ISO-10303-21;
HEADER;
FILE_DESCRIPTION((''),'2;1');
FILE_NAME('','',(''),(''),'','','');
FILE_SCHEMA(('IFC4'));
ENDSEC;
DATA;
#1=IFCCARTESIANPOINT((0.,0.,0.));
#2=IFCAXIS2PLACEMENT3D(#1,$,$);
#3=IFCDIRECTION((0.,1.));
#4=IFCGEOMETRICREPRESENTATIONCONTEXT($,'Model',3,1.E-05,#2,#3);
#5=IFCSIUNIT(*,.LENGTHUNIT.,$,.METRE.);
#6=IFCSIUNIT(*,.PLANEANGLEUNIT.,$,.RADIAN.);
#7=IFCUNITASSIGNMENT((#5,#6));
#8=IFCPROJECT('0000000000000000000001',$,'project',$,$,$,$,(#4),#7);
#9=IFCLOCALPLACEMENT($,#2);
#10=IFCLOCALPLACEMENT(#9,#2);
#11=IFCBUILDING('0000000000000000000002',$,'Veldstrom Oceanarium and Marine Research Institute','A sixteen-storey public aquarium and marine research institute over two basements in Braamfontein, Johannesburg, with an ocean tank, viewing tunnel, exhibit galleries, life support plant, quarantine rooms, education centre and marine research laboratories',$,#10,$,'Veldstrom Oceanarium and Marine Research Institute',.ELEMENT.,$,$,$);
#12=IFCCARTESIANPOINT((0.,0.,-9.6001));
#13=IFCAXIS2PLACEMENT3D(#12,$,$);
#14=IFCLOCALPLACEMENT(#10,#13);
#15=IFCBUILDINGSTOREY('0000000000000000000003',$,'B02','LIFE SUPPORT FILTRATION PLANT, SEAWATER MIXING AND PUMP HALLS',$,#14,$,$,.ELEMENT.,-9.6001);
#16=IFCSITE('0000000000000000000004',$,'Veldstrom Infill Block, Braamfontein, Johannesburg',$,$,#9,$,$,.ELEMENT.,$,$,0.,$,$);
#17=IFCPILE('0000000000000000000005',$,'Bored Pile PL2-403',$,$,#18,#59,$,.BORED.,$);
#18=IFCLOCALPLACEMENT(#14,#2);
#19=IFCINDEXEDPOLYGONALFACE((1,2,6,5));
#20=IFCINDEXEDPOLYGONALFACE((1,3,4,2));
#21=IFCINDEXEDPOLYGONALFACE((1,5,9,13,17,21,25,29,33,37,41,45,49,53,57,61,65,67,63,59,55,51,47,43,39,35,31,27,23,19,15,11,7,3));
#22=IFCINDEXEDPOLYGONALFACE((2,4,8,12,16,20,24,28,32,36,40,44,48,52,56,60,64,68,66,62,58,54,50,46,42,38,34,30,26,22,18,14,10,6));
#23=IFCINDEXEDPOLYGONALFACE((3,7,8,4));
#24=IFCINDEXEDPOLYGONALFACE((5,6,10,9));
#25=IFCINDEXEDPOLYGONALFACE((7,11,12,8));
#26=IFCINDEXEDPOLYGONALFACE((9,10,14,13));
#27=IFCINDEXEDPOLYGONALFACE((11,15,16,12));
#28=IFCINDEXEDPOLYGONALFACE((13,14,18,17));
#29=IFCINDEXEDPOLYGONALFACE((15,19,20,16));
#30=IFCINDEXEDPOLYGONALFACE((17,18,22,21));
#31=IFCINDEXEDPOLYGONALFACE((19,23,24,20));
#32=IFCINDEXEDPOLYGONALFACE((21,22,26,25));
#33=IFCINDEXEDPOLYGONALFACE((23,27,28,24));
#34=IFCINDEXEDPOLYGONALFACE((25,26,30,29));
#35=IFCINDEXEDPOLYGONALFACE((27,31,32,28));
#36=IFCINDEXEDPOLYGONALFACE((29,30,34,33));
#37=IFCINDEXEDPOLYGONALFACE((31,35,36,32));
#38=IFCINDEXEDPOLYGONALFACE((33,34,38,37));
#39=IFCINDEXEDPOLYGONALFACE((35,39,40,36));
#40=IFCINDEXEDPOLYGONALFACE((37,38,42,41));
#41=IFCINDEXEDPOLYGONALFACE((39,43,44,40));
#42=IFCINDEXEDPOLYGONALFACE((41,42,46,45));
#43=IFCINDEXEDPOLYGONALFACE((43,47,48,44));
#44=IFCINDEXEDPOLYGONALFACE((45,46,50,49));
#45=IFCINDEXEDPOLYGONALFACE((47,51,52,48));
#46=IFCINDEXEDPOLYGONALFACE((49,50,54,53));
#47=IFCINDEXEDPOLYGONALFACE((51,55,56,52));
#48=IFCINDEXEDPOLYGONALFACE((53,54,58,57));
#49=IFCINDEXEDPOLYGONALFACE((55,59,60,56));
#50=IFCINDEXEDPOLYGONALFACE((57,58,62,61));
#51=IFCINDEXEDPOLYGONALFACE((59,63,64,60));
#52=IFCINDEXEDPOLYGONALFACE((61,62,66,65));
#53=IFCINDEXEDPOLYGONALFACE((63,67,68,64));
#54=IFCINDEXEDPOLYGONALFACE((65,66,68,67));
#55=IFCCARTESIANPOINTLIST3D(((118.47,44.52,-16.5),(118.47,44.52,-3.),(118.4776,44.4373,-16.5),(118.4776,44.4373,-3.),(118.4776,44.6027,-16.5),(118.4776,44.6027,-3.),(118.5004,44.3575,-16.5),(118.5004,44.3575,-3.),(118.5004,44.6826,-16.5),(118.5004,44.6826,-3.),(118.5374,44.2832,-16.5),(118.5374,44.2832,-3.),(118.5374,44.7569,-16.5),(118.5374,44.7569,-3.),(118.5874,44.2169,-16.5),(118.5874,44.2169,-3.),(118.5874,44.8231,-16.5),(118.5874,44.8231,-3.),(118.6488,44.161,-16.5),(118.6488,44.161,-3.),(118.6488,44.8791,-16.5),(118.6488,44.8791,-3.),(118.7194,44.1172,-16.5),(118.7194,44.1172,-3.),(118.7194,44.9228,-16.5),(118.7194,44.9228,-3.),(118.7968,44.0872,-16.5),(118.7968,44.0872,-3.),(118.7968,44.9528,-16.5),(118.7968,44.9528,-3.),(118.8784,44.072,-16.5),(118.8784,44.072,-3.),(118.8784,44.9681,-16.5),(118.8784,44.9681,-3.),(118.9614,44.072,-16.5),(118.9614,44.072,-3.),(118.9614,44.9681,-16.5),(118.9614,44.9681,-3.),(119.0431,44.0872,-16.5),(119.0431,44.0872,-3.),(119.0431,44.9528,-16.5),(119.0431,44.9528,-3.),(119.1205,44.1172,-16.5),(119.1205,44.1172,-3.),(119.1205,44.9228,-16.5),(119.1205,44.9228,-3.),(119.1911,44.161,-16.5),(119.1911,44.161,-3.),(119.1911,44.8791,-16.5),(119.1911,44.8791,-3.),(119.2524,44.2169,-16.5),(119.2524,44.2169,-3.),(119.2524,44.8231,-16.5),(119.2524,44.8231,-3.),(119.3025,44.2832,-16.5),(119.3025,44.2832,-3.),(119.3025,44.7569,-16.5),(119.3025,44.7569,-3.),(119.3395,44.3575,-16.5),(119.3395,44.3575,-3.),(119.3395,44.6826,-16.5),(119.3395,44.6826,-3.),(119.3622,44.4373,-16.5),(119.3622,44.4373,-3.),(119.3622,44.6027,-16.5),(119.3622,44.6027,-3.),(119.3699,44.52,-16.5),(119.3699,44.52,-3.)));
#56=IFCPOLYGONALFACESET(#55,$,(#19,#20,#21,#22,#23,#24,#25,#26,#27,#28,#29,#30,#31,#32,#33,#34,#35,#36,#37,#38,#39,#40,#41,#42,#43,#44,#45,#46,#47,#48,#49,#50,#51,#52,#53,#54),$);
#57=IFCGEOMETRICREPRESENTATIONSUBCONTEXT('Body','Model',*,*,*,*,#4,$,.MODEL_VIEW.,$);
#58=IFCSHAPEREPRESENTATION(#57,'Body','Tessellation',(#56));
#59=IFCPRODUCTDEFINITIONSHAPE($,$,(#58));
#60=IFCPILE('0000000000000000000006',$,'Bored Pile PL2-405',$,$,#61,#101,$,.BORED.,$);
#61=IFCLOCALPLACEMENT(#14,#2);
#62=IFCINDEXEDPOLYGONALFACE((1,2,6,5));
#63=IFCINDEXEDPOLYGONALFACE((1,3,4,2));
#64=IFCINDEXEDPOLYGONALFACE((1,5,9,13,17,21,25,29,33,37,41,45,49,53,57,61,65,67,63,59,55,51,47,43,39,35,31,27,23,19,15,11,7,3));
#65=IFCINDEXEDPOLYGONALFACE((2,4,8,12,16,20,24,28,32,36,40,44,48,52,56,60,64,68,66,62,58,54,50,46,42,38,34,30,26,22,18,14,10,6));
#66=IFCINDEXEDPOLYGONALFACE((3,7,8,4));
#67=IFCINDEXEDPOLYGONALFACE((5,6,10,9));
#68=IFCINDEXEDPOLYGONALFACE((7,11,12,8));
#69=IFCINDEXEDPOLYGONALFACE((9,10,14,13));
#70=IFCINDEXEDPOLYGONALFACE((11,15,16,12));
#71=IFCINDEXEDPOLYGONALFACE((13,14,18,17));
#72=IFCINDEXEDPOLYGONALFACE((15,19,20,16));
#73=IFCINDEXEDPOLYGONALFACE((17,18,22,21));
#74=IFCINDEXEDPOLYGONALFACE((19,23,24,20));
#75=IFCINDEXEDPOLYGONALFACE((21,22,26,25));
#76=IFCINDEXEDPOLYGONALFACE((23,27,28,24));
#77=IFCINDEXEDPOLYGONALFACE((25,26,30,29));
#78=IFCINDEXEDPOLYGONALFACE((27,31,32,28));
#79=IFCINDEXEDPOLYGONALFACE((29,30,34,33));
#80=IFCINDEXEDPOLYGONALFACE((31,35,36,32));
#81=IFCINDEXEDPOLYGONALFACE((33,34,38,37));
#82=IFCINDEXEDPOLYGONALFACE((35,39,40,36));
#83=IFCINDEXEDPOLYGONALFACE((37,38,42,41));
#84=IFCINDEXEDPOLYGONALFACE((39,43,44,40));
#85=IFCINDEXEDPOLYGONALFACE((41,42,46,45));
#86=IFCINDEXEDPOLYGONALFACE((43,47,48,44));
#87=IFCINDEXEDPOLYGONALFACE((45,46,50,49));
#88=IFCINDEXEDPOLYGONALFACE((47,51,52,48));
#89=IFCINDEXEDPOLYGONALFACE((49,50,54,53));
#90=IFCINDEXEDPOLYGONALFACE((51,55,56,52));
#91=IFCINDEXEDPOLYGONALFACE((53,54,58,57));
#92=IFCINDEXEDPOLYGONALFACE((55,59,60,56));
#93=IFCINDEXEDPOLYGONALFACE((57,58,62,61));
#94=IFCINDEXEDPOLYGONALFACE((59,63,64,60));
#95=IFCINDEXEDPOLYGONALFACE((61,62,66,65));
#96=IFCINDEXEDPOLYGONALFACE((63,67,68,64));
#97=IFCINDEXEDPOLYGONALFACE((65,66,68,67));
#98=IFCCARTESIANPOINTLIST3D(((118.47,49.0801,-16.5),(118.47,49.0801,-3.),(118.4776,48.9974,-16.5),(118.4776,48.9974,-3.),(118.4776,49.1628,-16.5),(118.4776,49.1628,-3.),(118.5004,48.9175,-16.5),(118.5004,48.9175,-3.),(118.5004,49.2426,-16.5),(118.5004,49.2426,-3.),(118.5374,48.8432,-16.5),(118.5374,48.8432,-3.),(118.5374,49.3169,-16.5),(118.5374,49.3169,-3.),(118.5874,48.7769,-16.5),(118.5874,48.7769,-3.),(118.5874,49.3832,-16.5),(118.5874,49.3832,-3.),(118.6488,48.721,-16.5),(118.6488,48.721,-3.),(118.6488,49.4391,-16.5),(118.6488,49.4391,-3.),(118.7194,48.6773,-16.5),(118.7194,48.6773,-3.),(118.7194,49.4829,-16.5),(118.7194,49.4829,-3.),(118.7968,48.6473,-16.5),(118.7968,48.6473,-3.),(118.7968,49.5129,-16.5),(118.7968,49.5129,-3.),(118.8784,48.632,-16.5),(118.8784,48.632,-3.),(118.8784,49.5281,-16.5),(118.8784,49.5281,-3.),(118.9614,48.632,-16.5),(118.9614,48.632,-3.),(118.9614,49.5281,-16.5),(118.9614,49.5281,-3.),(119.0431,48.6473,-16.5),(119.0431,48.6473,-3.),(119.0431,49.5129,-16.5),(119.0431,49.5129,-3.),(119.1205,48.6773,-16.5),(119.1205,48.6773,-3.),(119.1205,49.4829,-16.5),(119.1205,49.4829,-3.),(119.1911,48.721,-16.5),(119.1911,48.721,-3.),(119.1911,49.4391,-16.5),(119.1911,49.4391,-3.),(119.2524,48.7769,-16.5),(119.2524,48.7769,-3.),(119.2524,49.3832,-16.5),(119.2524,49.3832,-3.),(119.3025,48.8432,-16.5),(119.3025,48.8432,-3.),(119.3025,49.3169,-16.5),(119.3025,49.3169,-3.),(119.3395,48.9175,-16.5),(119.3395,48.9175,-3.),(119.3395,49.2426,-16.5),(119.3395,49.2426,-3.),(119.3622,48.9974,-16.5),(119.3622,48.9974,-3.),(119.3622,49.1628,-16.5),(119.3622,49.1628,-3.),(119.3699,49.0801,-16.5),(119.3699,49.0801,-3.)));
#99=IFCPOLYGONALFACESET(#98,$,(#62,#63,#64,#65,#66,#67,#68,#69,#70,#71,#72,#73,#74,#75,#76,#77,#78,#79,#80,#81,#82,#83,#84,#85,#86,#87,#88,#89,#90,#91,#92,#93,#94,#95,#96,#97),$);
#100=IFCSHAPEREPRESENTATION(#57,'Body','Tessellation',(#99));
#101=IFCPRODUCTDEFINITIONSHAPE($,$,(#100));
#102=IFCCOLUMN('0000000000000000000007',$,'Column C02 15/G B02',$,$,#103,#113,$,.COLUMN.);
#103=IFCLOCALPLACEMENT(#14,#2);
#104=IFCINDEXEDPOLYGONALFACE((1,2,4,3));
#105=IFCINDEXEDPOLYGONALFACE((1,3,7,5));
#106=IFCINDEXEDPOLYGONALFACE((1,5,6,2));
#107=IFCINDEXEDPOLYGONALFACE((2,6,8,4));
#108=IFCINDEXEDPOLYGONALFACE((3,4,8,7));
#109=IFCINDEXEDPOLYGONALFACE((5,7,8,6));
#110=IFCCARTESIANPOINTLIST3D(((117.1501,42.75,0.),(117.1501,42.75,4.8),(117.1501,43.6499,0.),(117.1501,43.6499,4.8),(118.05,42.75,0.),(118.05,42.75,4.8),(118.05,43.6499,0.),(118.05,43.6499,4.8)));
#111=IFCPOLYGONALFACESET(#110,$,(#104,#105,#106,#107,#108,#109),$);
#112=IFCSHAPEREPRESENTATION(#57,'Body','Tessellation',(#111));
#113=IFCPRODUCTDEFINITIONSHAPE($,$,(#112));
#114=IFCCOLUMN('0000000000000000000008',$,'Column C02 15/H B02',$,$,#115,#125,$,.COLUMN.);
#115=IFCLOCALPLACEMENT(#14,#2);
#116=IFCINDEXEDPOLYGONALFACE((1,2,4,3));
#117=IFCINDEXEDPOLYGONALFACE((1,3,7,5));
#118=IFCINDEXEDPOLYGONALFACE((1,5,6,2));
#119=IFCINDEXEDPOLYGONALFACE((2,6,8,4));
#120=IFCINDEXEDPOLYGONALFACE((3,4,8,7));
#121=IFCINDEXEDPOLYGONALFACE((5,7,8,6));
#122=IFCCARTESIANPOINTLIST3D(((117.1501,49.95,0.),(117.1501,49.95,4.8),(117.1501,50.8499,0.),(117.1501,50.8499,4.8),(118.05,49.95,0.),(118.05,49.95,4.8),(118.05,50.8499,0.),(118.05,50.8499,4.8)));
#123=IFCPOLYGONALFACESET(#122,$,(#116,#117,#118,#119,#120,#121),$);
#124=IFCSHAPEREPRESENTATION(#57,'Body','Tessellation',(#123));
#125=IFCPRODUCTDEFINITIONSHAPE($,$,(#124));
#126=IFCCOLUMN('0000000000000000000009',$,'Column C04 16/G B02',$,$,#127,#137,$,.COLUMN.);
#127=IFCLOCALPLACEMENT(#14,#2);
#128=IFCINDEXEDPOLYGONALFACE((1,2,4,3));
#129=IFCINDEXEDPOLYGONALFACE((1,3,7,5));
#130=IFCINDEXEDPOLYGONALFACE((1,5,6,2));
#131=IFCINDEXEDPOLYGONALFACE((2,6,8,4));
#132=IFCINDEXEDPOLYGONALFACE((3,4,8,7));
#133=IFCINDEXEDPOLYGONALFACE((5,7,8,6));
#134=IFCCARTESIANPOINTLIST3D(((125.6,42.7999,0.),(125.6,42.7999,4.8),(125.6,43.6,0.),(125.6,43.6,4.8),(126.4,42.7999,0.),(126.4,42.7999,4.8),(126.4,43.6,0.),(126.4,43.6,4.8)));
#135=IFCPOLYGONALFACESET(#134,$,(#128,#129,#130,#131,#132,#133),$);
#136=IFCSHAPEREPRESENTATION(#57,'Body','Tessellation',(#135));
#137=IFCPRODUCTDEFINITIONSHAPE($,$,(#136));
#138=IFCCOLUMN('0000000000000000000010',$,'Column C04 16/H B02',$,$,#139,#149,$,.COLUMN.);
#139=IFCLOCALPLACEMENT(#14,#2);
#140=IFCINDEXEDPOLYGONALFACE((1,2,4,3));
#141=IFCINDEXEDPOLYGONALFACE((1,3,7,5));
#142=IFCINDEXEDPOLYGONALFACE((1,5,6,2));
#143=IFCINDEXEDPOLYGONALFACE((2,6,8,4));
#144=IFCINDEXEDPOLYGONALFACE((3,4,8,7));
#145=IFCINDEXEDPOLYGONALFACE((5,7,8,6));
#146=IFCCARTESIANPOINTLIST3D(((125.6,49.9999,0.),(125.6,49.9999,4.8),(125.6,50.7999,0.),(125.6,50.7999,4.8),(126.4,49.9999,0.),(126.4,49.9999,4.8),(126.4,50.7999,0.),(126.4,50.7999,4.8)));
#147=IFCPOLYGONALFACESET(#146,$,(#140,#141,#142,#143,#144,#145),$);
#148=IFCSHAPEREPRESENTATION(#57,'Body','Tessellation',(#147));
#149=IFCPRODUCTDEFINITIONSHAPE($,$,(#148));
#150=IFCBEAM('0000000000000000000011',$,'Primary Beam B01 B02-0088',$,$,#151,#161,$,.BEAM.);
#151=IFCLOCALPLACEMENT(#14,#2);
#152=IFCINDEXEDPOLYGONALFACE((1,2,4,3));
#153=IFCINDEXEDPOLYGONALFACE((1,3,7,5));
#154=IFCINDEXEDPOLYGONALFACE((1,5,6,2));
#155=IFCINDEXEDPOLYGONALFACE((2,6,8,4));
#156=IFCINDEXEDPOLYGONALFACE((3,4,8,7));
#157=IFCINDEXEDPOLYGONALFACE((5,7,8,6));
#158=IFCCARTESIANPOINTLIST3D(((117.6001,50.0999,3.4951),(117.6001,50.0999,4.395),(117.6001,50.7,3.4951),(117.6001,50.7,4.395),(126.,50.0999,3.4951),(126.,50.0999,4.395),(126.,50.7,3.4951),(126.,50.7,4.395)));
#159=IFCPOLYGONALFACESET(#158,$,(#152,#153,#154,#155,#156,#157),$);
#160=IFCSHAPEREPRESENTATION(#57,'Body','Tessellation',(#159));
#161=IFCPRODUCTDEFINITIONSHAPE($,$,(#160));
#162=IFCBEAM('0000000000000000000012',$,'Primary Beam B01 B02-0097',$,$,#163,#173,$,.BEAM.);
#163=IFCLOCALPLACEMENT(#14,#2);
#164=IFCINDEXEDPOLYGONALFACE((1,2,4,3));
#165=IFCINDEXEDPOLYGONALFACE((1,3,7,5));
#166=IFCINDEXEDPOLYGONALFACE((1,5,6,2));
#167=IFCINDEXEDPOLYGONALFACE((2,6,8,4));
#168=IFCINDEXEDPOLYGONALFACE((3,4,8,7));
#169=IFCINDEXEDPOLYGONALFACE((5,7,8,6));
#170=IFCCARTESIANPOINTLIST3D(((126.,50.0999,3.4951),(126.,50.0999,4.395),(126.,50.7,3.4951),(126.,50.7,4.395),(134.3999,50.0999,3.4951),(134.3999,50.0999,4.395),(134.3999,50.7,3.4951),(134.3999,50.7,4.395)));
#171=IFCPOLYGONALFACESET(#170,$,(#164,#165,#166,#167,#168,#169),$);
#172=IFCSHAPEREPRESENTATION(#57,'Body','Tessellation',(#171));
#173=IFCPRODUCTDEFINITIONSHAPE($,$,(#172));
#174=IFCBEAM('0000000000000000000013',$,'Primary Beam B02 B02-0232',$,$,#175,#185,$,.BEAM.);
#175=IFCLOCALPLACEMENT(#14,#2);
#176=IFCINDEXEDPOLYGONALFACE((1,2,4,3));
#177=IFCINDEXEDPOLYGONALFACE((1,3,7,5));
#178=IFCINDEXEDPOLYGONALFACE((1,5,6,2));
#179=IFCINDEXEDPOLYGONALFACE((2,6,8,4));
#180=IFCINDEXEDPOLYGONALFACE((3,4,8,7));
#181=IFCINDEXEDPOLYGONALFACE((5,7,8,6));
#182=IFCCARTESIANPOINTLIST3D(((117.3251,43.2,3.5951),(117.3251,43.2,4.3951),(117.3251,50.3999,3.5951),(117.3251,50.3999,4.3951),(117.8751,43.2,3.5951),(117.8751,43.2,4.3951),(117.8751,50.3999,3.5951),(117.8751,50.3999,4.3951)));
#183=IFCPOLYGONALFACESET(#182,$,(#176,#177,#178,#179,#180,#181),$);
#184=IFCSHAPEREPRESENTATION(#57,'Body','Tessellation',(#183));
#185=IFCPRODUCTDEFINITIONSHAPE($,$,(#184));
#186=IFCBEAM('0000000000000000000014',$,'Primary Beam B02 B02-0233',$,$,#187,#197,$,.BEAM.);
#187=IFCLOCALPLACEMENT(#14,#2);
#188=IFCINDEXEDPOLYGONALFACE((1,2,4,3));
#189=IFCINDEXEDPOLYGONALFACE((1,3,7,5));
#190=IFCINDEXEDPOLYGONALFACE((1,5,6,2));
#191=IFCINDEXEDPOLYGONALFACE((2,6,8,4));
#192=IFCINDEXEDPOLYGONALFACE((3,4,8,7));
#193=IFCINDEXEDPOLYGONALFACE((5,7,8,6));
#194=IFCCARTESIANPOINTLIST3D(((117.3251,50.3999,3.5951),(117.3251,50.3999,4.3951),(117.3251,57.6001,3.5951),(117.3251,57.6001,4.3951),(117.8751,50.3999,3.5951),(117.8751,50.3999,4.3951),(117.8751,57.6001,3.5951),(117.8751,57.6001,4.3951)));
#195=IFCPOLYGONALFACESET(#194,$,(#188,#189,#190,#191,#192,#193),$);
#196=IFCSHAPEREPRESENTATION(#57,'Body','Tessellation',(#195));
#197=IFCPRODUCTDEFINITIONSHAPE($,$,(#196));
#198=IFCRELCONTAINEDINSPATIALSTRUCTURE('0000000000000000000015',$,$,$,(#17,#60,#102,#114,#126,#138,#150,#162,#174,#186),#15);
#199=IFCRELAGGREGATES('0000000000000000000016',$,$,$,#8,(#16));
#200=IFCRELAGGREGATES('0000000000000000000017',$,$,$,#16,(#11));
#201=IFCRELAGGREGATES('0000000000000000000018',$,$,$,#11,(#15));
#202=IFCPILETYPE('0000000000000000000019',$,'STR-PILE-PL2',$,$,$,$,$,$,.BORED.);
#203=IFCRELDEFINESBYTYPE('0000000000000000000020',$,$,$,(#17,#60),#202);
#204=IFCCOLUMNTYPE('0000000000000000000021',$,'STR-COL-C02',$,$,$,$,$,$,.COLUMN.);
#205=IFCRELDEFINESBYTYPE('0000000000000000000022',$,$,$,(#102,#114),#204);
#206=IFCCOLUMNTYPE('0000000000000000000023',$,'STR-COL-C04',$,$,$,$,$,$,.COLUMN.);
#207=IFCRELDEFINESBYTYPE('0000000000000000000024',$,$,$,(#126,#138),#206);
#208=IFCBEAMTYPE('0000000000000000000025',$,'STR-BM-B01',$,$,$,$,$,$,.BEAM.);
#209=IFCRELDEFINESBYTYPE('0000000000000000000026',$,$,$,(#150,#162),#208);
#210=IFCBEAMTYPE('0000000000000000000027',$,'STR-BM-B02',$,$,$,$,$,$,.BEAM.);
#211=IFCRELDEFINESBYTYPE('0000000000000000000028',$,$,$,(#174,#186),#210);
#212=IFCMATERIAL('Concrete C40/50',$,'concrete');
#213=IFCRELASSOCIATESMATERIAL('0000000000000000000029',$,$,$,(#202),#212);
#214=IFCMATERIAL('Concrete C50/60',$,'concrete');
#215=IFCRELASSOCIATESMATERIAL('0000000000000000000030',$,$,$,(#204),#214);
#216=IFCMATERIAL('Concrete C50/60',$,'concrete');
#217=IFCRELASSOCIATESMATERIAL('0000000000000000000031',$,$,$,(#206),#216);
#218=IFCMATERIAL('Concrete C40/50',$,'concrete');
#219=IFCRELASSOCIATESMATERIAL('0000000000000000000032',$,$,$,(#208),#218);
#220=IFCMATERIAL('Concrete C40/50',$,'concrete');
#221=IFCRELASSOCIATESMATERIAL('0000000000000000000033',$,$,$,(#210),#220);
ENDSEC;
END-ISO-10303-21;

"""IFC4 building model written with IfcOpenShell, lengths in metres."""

from ifc_helpers import new_model, si_unit, direction, frame, origin, origin_2d, place, context, subcontext, project, spatial, rectangle, circle, extrude, material, material_profile, profile_set, type_object, element, save


model = new_model("IFC4")

# Units and contexts
model_context = context("Model", 3, precision=1e-05, world=origin(), true_north=direction((0.0, 1.0)))
body_context = subcontext(model_context, "Body", "Model", "MODEL_VIEW")
ifc_project = project(units=[si_unit("LENGTHUNIT", "METRE"), si_unit("PLANEANGLEUNIT", "RADIAN")], contexts=[model_context])

# Site, building, storey
site_placement = place(None, origin())
site = spatial("IfcSite", under=ifc_project, at=site_placement, Name="Veldstrom Infill Block, Braamfontein, Johannesburg", CompositionType="ELEMENT", RefElevation=0.0)
building_placement = place(site_placement, origin())
building = spatial("IfcBuilding", under=site, at=building_placement, Name="Veldstrom Oceanarium and Marine Research Institute", Description="A sixteen-storey public aquarium and marine research institute over two basements in Braamfontein, Johannesburg, with an ocean tank, viewing tunnel, exhibit galleries, life support plant, quarantine rooms, education centre and marine research laboratories", LongName="Veldstrom Oceanarium and Marine Research Institute", CompositionType="ELEMENT")
storey_placement = place(building_placement, frame((0.0, 0.0, -9.6001)))
storey = spatial("IfcBuildingStorey", under=building, at=storey_placement, Name="B02", Description="LIFE SUPPORT FILTRATION PLANT, SEAWATER MIXING AND PUMP HALLS", CompositionType="ELEMENT", Elevation=-9.6001)

# Piles
ifc_material_1 = material(Name="Concrete C40/50", Category="concrete")
ifc_material_profile_1 = material_profile(ifc_material_1, circle(Radius=0.45, at=origin_2d()), Name="PILE-D900")
ifc_profile_set_1 = profile_set([ifc_material_profile_1], Name="Concrete C40/50")
pile_type_1 = type_object("IfcPileType", Name="STR-PILE-PL2", PredefinedType="BORED", material=ifc_profile_set_1)
for number, where, z_axis, x_axis, name in (
    (1, (118.9199, 44.52, -3.0), (0.0, 0.0, -1.0), (1.0, 0.0, 0.0), "Bored Pile PL2-403"),
    (2, (118.9199, 49.0801, -3.0), (0.0, 0.0, -1.0), (1.0, 0.0, 0.0), "Bored Pile PL2-405"),
):
    element("IfcPile", number, at=place(storey_placement, frame(where, z_axis=z_axis, x_axis=x_axis)), inside=storey, type_object=pile_type_1, Name=name, PredefinedType="BORED", context=body_context, shape_type="SweptSolid", body=[
        extrude(circle(Radius=0.45, at=origin_2d()), origin(), (0.0, 0.0, 1.0), 13.5),
    ])

# Columns
ifc_material_2 = material(Name="Concrete C50/60", Category="concrete")
ifc_material_profile_2 = material_profile(ifc_material_2, rectangle(XDim=0.8999, YDim=0.8999, at=origin_2d()), Name="RC-COL-900x900")
ifc_profile_set_2 = profile_set([ifc_material_profile_2], Name="Concrete C50/60")
column_type_1 = type_object("IfcColumnType", Name="STR-COL-C02", PredefinedType="COLUMN", material=ifc_profile_set_2)
for number, where, z_axis, x_axis, name in (
    (3, (117.6001, 43.2, 0.0), (0.0, 0.0, 1.0), (1.0, 0.0, 0.0), "Column C02 15/G B02"),
    (4, (117.6001, 50.3999, 0.0), (0.0, 0.0, 1.0), (1.0, 0.0, 0.0), "Column C02 15/H B02"),
):
    element("IfcColumn", number, at=place(storey_placement, frame(where, z_axis=z_axis, x_axis=x_axis)), inside=storey, type_object=column_type_1, Name=name, PredefinedType="COLUMN", context=body_context, shape_type="SweptSolid", body=[
        extrude(rectangle(XDim=0.8999, YDim=0.8999, at=origin_2d()), origin(), (0.0, 0.0, 1.0), 4.8),
    ])
ifc_material_3 = material(Name="Concrete C50/60", Category="concrete")
ifc_material_profile_3 = material_profile(ifc_material_3, rectangle(XDim=0.8, YDim=0.8, at=origin_2d()), Name="RC-COL-800x800")
ifc_profile_set_3 = profile_set([ifc_material_profile_3], Name="Concrete C50/60")
column_type_2 = type_object("IfcColumnType", Name="STR-COL-C04", PredefinedType="COLUMN", material=ifc_profile_set_3)
for number, where, z_axis, x_axis, name in (
    (5, (126.0, 43.2, 0.0), (0.0, 0.0, 1.0), (1.0, 0.0, 0.0), "Column C04 16/G B02"),
    (6, (126.0, 50.3999, 0.0), (0.0, 0.0, 1.0), (1.0, 0.0, 0.0), "Column C04 16/H B02"),
):
    element("IfcColumn", number, at=place(storey_placement, frame(where, z_axis=z_axis, x_axis=x_axis)), inside=storey, type_object=column_type_2, Name=name, PredefinedType="COLUMN", context=body_context, shape_type="SweptSolid", body=[
        extrude(rectangle(XDim=0.8, YDim=0.8, at=origin_2d()), origin(), (0.0, 0.0, 1.0), 4.8),
    ])

# Beams
ifc_material_4 = material(Name="Concrete C40/50", Category="concrete")
ifc_material_profile_4 = material_profile(ifc_material_4, rectangle(XDim=0.6001, YDim=0.8999, at=origin_2d()), Name="RC-BM-600x900")
ifc_profile_set_4 = profile_set([ifc_material_profile_4], Name="Concrete C40/50")
beam_type_1 = type_object("IfcBeamType", Name="STR-BM-B01", PredefinedType="BEAM", material=ifc_profile_set_4)
for number, where, z_axis, x_axis, name in (
    (7, (117.6001, 50.3999, 3.9451), (1.0, 0.0, 0.0), (0.0, 1.0, 0.0), "Primary Beam B01 B02-0088"),
    (8, (126.0, 50.3999, 3.9451), (1.0, 0.0, 0.0), (0.0, 1.0, 0.0), "Primary Beam B01 B02-0097"),
):
    element("IfcBeam", number, at=place(storey_placement, frame(where, z_axis=z_axis, x_axis=x_axis)), inside=storey, type_object=beam_type_1, Name=name, PredefinedType="BEAM", context=body_context, shape_type="SweptSolid", body=[
        extrude(rectangle(XDim=0.6001, YDim=0.8999, at=origin_2d()), origin(), (0.0, 0.0, 1.0), 8.3999),
    ])
ifc_material_5 = material(Name="Concrete C40/50", Category="concrete")
ifc_material_profile_5 = material_profile(ifc_material_5, rectangle(XDim=0.55, YDim=0.8, at=origin_2d()), Name="RC-BM-550x800")
ifc_profile_set_5 = profile_set([ifc_material_profile_5], Name="Concrete C40/50")
beam_type_2 = type_object("IfcBeamType", Name="STR-BM-B02", PredefinedType="BEAM", material=ifc_profile_set_5)
beam_1_placement = place(storey_placement, frame((117.6001, 43.2, 3.9951), z_axis=(0.0, 1.0, 0.0), x_axis=(-1.0, 0.0, 0.0)))
element("IfcBeam", 9, at=beam_1_placement, inside=storey, type_object=beam_type_2, Name="Primary Beam B02 B02-0232", PredefinedType="BEAM", context=body_context, shape_type="SweptSolid", body=[
    extrude(rectangle(XDim=0.55, YDim=0.8, at=origin_2d()), origin(), (0.0, 0.0, 1.0), 7.2),
])
beam_2_placement = place(storey_placement, frame((117.6001, 50.3999, 3.9951), z_axis=(0.0, 1.0, 0.0), x_axis=(-1.0, 0.0, 0.0)))
element("IfcBeam", 10, at=beam_2_placement, inside=storey, type_object=beam_type_2, Name="Primary Beam B02 B02-0233", PredefinedType="BEAM", context=body_context, shape_type="SweptSolid", body=[
    extrude(rectangle(XDim=0.55, YDim=0.8, at=origin_2d()), origin(), (0.0, 0.0, 1.0), 7.2002),
])

save(model, "model.ifc")
